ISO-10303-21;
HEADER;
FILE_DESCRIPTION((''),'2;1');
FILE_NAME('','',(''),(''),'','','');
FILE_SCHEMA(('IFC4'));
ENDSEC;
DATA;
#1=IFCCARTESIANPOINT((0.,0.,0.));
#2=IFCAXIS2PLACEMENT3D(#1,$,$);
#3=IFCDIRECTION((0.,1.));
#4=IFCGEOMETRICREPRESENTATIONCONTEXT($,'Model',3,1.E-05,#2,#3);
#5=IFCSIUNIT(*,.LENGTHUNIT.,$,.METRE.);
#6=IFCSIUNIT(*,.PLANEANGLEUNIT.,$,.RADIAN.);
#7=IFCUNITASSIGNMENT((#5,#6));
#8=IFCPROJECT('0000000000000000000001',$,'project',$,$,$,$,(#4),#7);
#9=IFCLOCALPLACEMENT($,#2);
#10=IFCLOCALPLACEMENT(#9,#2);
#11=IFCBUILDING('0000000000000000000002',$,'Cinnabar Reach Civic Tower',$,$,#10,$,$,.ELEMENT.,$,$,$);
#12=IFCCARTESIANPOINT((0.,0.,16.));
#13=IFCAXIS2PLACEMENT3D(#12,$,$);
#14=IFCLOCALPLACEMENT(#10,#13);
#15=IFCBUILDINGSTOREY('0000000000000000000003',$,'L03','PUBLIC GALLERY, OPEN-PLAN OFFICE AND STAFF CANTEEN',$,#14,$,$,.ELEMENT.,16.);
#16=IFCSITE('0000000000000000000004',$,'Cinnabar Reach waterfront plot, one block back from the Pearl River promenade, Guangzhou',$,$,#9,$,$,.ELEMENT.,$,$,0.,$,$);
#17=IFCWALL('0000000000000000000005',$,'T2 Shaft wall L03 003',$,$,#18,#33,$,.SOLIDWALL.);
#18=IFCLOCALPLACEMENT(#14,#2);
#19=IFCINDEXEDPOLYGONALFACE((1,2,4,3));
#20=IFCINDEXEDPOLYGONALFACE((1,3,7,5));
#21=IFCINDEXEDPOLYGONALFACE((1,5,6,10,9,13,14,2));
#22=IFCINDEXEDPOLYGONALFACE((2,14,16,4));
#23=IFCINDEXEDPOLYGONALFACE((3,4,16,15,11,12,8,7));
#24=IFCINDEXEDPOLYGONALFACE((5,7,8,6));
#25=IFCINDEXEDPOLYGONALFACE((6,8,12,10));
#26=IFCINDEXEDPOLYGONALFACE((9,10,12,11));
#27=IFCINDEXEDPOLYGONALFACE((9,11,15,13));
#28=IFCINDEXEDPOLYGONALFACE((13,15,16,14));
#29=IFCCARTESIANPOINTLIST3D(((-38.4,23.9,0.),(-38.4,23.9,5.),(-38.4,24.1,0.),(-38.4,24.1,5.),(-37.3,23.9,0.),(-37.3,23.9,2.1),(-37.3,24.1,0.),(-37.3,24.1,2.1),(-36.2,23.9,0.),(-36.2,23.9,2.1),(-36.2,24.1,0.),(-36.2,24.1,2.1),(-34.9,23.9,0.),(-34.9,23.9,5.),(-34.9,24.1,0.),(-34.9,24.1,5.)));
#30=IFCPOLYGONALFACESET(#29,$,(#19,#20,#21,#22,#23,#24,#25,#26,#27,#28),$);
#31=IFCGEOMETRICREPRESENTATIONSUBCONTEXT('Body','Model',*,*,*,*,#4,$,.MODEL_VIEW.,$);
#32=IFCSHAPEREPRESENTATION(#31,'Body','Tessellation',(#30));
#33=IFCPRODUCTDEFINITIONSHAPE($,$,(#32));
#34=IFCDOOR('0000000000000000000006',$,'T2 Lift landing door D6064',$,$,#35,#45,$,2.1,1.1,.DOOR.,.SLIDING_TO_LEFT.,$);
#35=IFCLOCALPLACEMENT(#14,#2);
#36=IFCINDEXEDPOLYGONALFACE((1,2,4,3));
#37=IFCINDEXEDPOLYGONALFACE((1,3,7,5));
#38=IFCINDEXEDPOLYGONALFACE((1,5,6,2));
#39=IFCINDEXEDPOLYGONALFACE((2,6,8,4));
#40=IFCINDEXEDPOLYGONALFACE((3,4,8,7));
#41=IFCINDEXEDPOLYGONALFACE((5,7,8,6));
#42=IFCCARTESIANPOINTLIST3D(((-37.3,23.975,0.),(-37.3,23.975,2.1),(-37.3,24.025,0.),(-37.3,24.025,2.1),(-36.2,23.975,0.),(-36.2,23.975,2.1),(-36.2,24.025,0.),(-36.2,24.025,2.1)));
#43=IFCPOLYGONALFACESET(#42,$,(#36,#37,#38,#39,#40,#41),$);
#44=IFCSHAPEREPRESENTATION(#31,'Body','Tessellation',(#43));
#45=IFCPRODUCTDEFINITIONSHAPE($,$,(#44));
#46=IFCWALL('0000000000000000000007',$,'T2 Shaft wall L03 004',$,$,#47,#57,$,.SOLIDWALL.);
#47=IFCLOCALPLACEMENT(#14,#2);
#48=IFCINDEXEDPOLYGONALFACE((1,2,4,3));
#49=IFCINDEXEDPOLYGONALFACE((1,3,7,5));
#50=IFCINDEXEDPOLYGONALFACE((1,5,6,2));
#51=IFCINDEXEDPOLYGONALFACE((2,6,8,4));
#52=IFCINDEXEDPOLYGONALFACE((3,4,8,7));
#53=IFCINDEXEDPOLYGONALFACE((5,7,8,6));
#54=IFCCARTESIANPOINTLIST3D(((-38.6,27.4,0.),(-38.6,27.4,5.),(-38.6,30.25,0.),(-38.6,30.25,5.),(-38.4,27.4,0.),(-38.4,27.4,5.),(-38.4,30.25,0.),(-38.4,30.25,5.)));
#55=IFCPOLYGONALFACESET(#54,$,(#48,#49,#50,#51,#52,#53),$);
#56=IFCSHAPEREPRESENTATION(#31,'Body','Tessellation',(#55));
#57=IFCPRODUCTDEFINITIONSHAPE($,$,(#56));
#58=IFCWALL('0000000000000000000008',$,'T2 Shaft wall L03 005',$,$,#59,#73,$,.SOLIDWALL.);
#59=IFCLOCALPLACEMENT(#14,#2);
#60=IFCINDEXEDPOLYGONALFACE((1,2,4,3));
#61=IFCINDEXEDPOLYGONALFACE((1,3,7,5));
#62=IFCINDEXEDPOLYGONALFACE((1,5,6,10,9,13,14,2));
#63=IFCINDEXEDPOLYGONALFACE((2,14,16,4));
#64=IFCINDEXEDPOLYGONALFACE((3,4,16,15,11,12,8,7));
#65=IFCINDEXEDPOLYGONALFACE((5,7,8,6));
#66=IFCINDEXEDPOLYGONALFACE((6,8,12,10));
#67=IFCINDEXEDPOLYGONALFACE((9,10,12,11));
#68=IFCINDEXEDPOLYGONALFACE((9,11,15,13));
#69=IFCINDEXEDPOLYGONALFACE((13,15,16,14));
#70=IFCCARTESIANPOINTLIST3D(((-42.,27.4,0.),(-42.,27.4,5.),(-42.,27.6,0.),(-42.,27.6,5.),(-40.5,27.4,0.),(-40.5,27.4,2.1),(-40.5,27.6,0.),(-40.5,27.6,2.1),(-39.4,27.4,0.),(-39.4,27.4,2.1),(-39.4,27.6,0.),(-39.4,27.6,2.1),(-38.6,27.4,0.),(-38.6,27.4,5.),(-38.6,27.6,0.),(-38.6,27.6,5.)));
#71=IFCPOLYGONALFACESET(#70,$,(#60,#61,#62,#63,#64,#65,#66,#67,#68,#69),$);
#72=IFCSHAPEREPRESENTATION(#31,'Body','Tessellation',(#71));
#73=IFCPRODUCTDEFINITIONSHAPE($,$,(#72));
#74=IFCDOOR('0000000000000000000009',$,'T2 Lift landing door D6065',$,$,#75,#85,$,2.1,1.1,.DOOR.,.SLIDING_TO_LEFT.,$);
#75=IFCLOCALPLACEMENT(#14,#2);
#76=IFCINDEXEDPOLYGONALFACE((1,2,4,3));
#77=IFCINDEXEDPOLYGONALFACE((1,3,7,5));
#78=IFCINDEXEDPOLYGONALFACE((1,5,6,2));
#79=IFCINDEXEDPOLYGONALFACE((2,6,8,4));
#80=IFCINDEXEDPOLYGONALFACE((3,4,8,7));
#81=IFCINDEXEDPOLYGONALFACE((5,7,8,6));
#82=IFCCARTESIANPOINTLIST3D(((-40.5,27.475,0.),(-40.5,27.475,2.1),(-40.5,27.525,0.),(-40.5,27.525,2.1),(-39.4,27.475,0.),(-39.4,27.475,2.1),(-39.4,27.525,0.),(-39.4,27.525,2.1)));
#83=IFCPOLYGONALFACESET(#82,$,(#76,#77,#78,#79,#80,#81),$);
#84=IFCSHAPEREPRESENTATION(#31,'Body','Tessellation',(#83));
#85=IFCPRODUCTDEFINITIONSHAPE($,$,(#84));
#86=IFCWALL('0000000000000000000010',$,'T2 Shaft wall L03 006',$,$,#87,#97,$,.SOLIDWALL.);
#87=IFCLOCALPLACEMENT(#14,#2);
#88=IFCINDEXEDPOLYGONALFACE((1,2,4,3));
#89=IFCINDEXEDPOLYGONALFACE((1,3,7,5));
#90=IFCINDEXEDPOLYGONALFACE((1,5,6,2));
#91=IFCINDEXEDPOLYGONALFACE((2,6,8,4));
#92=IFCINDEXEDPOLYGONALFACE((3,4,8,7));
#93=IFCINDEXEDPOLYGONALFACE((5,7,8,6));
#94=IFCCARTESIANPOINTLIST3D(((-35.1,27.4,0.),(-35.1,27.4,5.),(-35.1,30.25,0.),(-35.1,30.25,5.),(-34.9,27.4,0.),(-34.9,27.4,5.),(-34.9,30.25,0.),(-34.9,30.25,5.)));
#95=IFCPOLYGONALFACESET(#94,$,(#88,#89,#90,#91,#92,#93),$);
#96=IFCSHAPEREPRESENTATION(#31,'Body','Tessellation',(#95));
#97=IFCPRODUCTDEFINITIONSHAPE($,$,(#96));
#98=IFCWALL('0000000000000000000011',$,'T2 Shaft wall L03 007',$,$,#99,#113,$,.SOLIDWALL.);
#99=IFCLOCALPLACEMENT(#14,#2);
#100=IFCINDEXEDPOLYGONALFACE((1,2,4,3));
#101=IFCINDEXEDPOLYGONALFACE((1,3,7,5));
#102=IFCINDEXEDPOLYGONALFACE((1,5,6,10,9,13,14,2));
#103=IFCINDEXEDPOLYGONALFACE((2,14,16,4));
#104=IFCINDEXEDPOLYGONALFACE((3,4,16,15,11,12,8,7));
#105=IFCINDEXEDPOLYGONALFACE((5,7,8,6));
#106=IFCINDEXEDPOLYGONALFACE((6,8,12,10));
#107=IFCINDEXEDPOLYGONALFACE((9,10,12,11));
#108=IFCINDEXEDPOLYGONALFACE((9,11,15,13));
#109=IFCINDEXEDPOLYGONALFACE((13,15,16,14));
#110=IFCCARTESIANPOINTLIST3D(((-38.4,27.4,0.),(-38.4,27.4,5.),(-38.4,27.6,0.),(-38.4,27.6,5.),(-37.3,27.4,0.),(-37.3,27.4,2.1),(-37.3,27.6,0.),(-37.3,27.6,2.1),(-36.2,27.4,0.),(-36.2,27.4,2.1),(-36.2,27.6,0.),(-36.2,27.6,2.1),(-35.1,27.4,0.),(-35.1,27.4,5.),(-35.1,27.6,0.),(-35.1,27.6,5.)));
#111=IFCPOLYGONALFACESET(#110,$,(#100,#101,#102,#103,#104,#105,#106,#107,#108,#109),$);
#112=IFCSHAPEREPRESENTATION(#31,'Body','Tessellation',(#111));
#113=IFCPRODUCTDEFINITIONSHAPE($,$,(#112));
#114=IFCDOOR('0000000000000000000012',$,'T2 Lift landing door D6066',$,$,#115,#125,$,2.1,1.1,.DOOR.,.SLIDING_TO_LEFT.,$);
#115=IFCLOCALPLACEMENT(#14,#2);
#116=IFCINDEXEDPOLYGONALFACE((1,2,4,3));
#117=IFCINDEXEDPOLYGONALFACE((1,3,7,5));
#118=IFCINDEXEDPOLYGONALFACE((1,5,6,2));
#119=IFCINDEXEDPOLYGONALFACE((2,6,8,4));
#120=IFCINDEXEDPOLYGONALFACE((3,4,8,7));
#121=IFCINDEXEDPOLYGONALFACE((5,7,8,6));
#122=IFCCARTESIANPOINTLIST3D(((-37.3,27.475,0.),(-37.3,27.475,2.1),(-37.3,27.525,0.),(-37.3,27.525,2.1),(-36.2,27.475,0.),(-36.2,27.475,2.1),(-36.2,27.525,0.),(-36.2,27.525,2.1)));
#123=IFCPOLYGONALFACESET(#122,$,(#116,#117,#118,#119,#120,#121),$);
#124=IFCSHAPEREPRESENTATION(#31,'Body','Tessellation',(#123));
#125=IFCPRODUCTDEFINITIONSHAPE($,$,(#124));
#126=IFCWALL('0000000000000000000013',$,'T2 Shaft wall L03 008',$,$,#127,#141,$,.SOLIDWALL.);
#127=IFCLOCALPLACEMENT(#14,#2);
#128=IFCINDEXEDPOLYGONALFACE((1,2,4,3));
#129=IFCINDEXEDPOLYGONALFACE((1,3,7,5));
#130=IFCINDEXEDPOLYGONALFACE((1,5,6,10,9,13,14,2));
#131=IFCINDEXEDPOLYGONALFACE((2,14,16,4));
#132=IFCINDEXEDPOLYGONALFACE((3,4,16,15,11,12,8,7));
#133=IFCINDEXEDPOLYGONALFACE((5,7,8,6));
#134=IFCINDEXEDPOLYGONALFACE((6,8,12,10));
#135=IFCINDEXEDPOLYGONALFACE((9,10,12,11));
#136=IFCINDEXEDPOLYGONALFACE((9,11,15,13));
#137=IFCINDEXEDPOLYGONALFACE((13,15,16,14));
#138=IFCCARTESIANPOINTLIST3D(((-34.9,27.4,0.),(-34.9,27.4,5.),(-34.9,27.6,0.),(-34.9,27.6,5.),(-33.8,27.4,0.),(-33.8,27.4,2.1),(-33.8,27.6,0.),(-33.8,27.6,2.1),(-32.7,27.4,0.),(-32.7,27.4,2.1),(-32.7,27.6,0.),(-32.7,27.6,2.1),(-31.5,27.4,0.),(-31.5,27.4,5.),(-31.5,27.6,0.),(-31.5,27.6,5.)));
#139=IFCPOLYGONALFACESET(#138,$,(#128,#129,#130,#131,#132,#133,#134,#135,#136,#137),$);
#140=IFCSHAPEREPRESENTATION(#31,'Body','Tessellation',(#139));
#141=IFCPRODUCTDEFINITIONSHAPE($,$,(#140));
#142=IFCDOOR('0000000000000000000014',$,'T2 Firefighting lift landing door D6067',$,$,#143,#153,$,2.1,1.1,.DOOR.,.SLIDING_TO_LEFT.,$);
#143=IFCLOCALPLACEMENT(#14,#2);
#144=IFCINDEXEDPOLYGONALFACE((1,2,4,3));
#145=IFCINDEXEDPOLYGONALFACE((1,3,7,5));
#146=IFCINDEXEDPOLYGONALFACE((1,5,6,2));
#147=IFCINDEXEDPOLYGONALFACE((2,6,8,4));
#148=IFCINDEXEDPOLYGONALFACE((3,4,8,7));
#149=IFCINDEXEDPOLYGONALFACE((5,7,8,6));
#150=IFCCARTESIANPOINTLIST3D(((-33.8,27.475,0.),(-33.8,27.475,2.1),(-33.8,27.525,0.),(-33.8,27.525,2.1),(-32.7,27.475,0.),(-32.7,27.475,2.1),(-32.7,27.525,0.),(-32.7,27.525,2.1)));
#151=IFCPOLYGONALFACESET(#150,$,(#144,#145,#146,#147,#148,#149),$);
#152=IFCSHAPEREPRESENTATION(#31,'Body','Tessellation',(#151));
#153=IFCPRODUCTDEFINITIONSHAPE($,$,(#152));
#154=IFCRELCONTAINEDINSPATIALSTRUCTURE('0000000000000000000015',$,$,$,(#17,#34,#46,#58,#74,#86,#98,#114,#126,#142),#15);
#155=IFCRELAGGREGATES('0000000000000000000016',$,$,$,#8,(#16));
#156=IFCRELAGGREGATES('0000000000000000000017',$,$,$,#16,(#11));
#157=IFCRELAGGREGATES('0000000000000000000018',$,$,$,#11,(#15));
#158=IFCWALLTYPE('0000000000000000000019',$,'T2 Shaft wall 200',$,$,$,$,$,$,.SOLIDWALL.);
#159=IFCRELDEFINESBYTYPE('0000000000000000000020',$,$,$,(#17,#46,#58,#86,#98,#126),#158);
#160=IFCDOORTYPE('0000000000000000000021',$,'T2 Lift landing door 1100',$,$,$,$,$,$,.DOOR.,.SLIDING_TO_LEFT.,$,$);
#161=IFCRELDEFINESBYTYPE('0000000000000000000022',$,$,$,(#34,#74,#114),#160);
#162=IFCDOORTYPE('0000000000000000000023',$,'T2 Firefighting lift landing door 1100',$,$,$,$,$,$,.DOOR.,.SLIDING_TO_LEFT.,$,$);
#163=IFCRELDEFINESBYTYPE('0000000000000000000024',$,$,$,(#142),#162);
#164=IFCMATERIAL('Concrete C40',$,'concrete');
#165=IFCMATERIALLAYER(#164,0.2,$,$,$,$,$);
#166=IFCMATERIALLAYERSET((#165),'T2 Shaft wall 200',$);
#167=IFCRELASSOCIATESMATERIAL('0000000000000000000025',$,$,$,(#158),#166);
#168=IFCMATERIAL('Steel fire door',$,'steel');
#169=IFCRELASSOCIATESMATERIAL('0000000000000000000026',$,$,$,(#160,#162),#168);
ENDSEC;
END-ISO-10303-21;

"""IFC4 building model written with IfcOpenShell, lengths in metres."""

from ifc_helpers import new_model, si_unit, direction, frame, frame_2d, origin, place, context, subcontext, project, spatial, rectangle, extrude, material, layer, layer_set, type_object, element, fill, save


model = new_model("IFC4")

# Units and contexts
model_context = context("Model", 3, precision=1e-05, world=origin(), true_north=direction((0.0, 1.0)))
body_context = subcontext(model_context, "Body", "Model", "MODEL_VIEW")
ifc_project = project(units=[si_unit("LENGTHUNIT", "METRE"), si_unit("PLANEANGLEUNIT", "RADIAN")], contexts=[model_context])

# Site, building, storey
site_placement = place(None, origin())
site = spatial("IfcSite", under=ifc_project, at=site_placement, Name="Cinnabar Reach waterfront plot, one block back from the Pearl River promenade, Guangzhou", CompositionType="ELEMENT", RefElevation=0.0)
building_placement = place(site_placement, origin())
building = spatial("IfcBuilding", under=site, at=building_placement, Name="Cinnabar Reach Civic Tower", CompositionType="ELEMENT")
storey_placement = place(building_placement, frame((0.0, 0.0, 16.0)))
storey = spatial("IfcBuildingStorey", under=building, at=storey_placement, Name="L03", Description="PUBLIC GALLERY, OPEN-PLAN OFFICE AND STAFF CANTEEN", CompositionType="ELEMENT", Elevation=16.0)

# Shared definitions
ifc_material_1 = material(Name="Steel fire door", Category="steel")

# Shared definitions
ifc_material_2 = material(Name="Concrete C40", Category="concrete")

# Wall, opening, door
ifc_layer_1 = layer(ifc_material_2, 0.2)
ifc_layer_set_1 = layer_set([ifc_layer_1], Name="T2 Shaft wall 200")
wall_type_1 = type_object("IfcWallType", Name="T2 Shaft wall 200", PredefinedType="SOLIDWALL", material=ifc_layer_set_1)
door_type_1 = type_object("IfcDoorType", Name="T2 Lift landing door 1100", OperationType="SLIDING_TO_LEFT", PredefinedType="DOOR", material=ifc_material_1)
wall_1_placement = place(storey_placement, frame((-34.9, 24.0, 0.0), z_axis=(0.0, 0.0, 1.0), x_axis=(-1.0, 0.0, 0.0)))
wall_1 = element("IfcWall", 1, at=wall_1_placement, inside=storey, type_object=wall_type_1, Name="T2 Shaft wall L03 003", PredefinedType="SOLIDWALL", context=body_context, shape_type="SweptSolid", body=[
    extrude(rectangle(XDim=3.5, YDim=0.2, at=frame_2d((1.75, 0.0))), origin(), (0.0, 0.0, 1.0), 5.0),
])
opening_1_placement = place(wall_1_placement, frame((1.3, 0.0, 0.0)))
opening_1 = element("IfcOpeningElement", 2, at=opening_1_placement, cuts=wall_1, PredefinedType="OPENING", context=body_context, shape_type="SweptSolid", body=[
    extrude(rectangle(XDim=1.1, YDim=2.1, at=frame_2d((0.55, 1.05))), frame((0.0, 0.11, 0.0), z_axis=(0.0, -1.0, 0.0), x_axis=(1.0, 0.0, 0.0)), (0.0, 0.0, 1.0), 0.22),
])
door_1_placement = place(opening_1_placement, origin())
door_1 = element("IfcDoor", 3, at=door_1_placement, inside=storey, type_object=door_type_1, Name="T2 Lift landing door D6064", OperationType="SLIDING_TO_LEFT", OverallHeight=2.1, OverallWidth=1.1, PredefinedType="DOOR", context=body_context, shape_type="SweptSolid", body=[
    extrude(rectangle(XDim=1.1, YDim=2.1, at=frame_2d((0.55, 1.05))), frame((0.0, 0.025, 0.0), z_axis=(0.0, -1.0, 0.0), x_axis=(1.0, 0.0, 0.0)), (0.0, 0.0, 1.0), 0.05),
])
fill(opening_1, door_1)

# Wall
wall_2_placement = place(storey_placement, frame((-38.5, 27.4, 0.0), z_axis=(0.0, 0.0, 1.0), x_axis=(0.0, 1.0, 0.0)))
element("IfcWall", 4, at=wall_2_placement, inside=storey, type_object=wall_type_1, Name="T2 Shaft wall L03 004", PredefinedType="SOLIDWALL", context=body_context, shape_type="SweptSolid", body=[
    extrude(rectangle(XDim=2.85, YDim=0.2, at=frame_2d((1.425, 0.0))), origin(), (0.0, 0.0, 1.0), 5.0),
])

# Wall, opening, door
wall_3_placement = place(storey_placement, frame((-42.0, 27.5, 0.0), z_axis=(0.0, 0.0, 1.0), x_axis=(1.0, 0.0, 0.0)))
wall_3 = element("IfcWall", 5, at=wall_3_placement, inside=storey, type_object=wall_type_1, Name="T2 Shaft wall L03 005", PredefinedType="SOLIDWALL", context=body_context, shape_type="SweptSolid", body=[
    extrude(rectangle(XDim=3.4, YDim=0.2, at=frame_2d((1.7, 0.0))), origin(), (0.0, 0.0, 1.0), 5.0),
])
opening_2_placement = place(wall_3_placement, frame((1.5, 0.0, 0.0)))
opening_2 = element("IfcOpeningElement", 6, at=opening_2_placement, cuts=wall_3, PredefinedType="OPENING", context=body_context, shape_type="SweptSolid", body=[
    extrude(rectangle(XDim=1.1, YDim=2.1, at=frame_2d((0.55, 1.05))), frame((0.0, 0.11, 0.0), z_axis=(0.0, -1.0, 0.0), x_axis=(1.0, 0.0, 0.0)), (0.0, 0.0, 1.0), 0.22),
])
door_2_placement = place(opening_2_placement, origin())
door_2 = element("IfcDoor", 7, at=door_2_placement, inside=storey, type_object=door_type_1, Name="T2 Lift landing door D6065", OperationType="SLIDING_TO_LEFT", OverallHeight=2.1, OverallWidth=1.1, PredefinedType="DOOR", context=body_context, shape_type="SweptSolid", body=[
    extrude(rectangle(XDim=1.1, YDim=2.1, at=frame_2d((0.55, 1.05))), frame((0.0, 0.025, 0.0), z_axis=(0.0, -1.0, 0.0), x_axis=(1.0, 0.0, 0.0)), (0.0, 0.0, 1.0), 0.05),
])
fill(opening_2, door_2)

# Wall
wall_4_placement = place(storey_placement, frame((-35.0, 27.4, 0.0), z_axis=(0.0, 0.0, 1.0), x_axis=(0.0, 1.0, 0.0)))
element("IfcWall", 8, at=wall_4_placement, inside=storey, type_object=wall_type_1, Name="T2 Shaft wall L03 006", PredefinedType="SOLIDWALL", context=body_context, shape_type="SweptSolid", body=[
    extrude(rectangle(XDim=2.85, YDim=0.2, at=frame_2d((1.425, 0.0))), origin(), (0.0, 0.0, 1.0), 5.0),
])

# Walls, openings, doors
wall_5_placement = place(storey_placement, frame((-38.4, 27.5, 0.0), z_axis=(0.0, 0.0, 1.0), x_axis=(1.0, 0.0, 0.0)))
wall_5 = element("IfcWall", 9, at=wall_5_placement, inside=storey, type_object=wall_type_1, Name="T2 Shaft wall L03 007", PredefinedType="SOLIDWALL", context=body_context, shape_type="SweptSolid", body=[
    extrude(rectangle(XDim=3.3, YDim=0.2, at=frame_2d((1.65, 0.0))), origin(), (0.0, 0.0, 1.0), 5.0),
])
opening_3_placement = place(wall_5_placement, frame((1.1, 0.0, 0.0)))
opening_3 = element("IfcOpeningElement", 10, at=opening_3_placement, cuts=wall_5, PredefinedType="OPENING", context=body_context, shape_type="SweptSolid", body=[
    extrude(rectangle(XDim=1.1, YDim=2.1, at=frame_2d((0.55, 1.05))), frame((0.0, 0.11, 0.0), z_axis=(0.0, -1.0, 0.0), x_axis=(1.0, 0.0, 0.0)), (0.0, 0.0, 1.0), 0.22),
])
door_3_placement = place(opening_3_placement, origin())
door_3 = element("IfcDoor", 11, at=door_3_placement, inside=storey, type_object=door_type_1, Name="T2 Lift landing door D6066", OperationType="SLIDING_TO_LEFT", OverallHeight=2.1, OverallWidth=1.1, PredefinedType="DOOR", context=body_context, shape_type="SweptSolid", body=[
    extrude(rectangle(XDim=1.1, YDim=2.1, at=frame_2d((0.55, 1.05))), frame((0.0, 0.025, 0.0), z_axis=(0.0, -1.0, 0.0), x_axis=(1.0, 0.0, 0.0)), (0.0, 0.0, 1.0), 0.05),
])
fill(opening_3, door_3)
wall_6_placement = place(storey_placement, frame((-34.9, 27.5, 0.0), z_axis=(0.0, 0.0, 1.0), x_axis=(1.0, 0.0, 0.0)))
wall_6 = element("IfcWall", 12, at=wall_6_placement, inside=storey, type_object=wall_type_1, Name="T2 Shaft wall L03 008", PredefinedType="SOLIDWALL", context=body_context, shape_type="SweptSolid", body=[
    extrude(rectangle(XDim=3.4, YDim=0.2, at=frame_2d((1.7, 0.0))), origin(), (0.0, 0.0, 1.0), 5.0),
])
opening_4_placement = place(wall_6_placement, frame((1.1, 0.0, 0.0)))
opening_4 = element("IfcOpeningElement", 13, at=opening_4_placement, cuts=wall_6, PredefinedType="OPENING", context=body_context, shape_type="SweptSolid", body=[
    extrude(rectangle(XDim=1.1, YDim=2.1, at=frame_2d((0.55, 1.05))), frame((0.0, 0.11, 0.0), z_axis=(0.0, -1.0, 0.0), x_axis=(1.0, 0.0, 0.0)), (0.0, 0.0, 1.0), 0.22),
])
door_type_2 = type_object("IfcDoorType", Name="T2 Firefighting lift landing door 1100", OperationType="SLIDING_TO_LEFT", PredefinedType="DOOR", material=ifc_material_1)
door_4_placement = place(opening_4_placement, origin())
door_4 = element("IfcDoor", 14, at=door_4_placement, inside=storey, type_object=door_type_2, Name="T2 Firefighting lift landing door D6067", OperationType="SLIDING_TO_LEFT", OverallHeight=2.1, OverallWidth=1.1, PredefinedType="DOOR", context=body_context, shape_type="SweptSolid", body=[
    extrude(rectangle(XDim=1.1, YDim=2.1, at=frame_2d((0.55, 1.05))), frame((0.0, 0.025, 0.0), z_axis=(0.0, -1.0, 0.0), x_axis=(1.0, 0.0, 0.0)), (0.0, 0.0, 1.0), 0.05),
])
fill(opening_4, door_4)

save(model, "model.ifc")
